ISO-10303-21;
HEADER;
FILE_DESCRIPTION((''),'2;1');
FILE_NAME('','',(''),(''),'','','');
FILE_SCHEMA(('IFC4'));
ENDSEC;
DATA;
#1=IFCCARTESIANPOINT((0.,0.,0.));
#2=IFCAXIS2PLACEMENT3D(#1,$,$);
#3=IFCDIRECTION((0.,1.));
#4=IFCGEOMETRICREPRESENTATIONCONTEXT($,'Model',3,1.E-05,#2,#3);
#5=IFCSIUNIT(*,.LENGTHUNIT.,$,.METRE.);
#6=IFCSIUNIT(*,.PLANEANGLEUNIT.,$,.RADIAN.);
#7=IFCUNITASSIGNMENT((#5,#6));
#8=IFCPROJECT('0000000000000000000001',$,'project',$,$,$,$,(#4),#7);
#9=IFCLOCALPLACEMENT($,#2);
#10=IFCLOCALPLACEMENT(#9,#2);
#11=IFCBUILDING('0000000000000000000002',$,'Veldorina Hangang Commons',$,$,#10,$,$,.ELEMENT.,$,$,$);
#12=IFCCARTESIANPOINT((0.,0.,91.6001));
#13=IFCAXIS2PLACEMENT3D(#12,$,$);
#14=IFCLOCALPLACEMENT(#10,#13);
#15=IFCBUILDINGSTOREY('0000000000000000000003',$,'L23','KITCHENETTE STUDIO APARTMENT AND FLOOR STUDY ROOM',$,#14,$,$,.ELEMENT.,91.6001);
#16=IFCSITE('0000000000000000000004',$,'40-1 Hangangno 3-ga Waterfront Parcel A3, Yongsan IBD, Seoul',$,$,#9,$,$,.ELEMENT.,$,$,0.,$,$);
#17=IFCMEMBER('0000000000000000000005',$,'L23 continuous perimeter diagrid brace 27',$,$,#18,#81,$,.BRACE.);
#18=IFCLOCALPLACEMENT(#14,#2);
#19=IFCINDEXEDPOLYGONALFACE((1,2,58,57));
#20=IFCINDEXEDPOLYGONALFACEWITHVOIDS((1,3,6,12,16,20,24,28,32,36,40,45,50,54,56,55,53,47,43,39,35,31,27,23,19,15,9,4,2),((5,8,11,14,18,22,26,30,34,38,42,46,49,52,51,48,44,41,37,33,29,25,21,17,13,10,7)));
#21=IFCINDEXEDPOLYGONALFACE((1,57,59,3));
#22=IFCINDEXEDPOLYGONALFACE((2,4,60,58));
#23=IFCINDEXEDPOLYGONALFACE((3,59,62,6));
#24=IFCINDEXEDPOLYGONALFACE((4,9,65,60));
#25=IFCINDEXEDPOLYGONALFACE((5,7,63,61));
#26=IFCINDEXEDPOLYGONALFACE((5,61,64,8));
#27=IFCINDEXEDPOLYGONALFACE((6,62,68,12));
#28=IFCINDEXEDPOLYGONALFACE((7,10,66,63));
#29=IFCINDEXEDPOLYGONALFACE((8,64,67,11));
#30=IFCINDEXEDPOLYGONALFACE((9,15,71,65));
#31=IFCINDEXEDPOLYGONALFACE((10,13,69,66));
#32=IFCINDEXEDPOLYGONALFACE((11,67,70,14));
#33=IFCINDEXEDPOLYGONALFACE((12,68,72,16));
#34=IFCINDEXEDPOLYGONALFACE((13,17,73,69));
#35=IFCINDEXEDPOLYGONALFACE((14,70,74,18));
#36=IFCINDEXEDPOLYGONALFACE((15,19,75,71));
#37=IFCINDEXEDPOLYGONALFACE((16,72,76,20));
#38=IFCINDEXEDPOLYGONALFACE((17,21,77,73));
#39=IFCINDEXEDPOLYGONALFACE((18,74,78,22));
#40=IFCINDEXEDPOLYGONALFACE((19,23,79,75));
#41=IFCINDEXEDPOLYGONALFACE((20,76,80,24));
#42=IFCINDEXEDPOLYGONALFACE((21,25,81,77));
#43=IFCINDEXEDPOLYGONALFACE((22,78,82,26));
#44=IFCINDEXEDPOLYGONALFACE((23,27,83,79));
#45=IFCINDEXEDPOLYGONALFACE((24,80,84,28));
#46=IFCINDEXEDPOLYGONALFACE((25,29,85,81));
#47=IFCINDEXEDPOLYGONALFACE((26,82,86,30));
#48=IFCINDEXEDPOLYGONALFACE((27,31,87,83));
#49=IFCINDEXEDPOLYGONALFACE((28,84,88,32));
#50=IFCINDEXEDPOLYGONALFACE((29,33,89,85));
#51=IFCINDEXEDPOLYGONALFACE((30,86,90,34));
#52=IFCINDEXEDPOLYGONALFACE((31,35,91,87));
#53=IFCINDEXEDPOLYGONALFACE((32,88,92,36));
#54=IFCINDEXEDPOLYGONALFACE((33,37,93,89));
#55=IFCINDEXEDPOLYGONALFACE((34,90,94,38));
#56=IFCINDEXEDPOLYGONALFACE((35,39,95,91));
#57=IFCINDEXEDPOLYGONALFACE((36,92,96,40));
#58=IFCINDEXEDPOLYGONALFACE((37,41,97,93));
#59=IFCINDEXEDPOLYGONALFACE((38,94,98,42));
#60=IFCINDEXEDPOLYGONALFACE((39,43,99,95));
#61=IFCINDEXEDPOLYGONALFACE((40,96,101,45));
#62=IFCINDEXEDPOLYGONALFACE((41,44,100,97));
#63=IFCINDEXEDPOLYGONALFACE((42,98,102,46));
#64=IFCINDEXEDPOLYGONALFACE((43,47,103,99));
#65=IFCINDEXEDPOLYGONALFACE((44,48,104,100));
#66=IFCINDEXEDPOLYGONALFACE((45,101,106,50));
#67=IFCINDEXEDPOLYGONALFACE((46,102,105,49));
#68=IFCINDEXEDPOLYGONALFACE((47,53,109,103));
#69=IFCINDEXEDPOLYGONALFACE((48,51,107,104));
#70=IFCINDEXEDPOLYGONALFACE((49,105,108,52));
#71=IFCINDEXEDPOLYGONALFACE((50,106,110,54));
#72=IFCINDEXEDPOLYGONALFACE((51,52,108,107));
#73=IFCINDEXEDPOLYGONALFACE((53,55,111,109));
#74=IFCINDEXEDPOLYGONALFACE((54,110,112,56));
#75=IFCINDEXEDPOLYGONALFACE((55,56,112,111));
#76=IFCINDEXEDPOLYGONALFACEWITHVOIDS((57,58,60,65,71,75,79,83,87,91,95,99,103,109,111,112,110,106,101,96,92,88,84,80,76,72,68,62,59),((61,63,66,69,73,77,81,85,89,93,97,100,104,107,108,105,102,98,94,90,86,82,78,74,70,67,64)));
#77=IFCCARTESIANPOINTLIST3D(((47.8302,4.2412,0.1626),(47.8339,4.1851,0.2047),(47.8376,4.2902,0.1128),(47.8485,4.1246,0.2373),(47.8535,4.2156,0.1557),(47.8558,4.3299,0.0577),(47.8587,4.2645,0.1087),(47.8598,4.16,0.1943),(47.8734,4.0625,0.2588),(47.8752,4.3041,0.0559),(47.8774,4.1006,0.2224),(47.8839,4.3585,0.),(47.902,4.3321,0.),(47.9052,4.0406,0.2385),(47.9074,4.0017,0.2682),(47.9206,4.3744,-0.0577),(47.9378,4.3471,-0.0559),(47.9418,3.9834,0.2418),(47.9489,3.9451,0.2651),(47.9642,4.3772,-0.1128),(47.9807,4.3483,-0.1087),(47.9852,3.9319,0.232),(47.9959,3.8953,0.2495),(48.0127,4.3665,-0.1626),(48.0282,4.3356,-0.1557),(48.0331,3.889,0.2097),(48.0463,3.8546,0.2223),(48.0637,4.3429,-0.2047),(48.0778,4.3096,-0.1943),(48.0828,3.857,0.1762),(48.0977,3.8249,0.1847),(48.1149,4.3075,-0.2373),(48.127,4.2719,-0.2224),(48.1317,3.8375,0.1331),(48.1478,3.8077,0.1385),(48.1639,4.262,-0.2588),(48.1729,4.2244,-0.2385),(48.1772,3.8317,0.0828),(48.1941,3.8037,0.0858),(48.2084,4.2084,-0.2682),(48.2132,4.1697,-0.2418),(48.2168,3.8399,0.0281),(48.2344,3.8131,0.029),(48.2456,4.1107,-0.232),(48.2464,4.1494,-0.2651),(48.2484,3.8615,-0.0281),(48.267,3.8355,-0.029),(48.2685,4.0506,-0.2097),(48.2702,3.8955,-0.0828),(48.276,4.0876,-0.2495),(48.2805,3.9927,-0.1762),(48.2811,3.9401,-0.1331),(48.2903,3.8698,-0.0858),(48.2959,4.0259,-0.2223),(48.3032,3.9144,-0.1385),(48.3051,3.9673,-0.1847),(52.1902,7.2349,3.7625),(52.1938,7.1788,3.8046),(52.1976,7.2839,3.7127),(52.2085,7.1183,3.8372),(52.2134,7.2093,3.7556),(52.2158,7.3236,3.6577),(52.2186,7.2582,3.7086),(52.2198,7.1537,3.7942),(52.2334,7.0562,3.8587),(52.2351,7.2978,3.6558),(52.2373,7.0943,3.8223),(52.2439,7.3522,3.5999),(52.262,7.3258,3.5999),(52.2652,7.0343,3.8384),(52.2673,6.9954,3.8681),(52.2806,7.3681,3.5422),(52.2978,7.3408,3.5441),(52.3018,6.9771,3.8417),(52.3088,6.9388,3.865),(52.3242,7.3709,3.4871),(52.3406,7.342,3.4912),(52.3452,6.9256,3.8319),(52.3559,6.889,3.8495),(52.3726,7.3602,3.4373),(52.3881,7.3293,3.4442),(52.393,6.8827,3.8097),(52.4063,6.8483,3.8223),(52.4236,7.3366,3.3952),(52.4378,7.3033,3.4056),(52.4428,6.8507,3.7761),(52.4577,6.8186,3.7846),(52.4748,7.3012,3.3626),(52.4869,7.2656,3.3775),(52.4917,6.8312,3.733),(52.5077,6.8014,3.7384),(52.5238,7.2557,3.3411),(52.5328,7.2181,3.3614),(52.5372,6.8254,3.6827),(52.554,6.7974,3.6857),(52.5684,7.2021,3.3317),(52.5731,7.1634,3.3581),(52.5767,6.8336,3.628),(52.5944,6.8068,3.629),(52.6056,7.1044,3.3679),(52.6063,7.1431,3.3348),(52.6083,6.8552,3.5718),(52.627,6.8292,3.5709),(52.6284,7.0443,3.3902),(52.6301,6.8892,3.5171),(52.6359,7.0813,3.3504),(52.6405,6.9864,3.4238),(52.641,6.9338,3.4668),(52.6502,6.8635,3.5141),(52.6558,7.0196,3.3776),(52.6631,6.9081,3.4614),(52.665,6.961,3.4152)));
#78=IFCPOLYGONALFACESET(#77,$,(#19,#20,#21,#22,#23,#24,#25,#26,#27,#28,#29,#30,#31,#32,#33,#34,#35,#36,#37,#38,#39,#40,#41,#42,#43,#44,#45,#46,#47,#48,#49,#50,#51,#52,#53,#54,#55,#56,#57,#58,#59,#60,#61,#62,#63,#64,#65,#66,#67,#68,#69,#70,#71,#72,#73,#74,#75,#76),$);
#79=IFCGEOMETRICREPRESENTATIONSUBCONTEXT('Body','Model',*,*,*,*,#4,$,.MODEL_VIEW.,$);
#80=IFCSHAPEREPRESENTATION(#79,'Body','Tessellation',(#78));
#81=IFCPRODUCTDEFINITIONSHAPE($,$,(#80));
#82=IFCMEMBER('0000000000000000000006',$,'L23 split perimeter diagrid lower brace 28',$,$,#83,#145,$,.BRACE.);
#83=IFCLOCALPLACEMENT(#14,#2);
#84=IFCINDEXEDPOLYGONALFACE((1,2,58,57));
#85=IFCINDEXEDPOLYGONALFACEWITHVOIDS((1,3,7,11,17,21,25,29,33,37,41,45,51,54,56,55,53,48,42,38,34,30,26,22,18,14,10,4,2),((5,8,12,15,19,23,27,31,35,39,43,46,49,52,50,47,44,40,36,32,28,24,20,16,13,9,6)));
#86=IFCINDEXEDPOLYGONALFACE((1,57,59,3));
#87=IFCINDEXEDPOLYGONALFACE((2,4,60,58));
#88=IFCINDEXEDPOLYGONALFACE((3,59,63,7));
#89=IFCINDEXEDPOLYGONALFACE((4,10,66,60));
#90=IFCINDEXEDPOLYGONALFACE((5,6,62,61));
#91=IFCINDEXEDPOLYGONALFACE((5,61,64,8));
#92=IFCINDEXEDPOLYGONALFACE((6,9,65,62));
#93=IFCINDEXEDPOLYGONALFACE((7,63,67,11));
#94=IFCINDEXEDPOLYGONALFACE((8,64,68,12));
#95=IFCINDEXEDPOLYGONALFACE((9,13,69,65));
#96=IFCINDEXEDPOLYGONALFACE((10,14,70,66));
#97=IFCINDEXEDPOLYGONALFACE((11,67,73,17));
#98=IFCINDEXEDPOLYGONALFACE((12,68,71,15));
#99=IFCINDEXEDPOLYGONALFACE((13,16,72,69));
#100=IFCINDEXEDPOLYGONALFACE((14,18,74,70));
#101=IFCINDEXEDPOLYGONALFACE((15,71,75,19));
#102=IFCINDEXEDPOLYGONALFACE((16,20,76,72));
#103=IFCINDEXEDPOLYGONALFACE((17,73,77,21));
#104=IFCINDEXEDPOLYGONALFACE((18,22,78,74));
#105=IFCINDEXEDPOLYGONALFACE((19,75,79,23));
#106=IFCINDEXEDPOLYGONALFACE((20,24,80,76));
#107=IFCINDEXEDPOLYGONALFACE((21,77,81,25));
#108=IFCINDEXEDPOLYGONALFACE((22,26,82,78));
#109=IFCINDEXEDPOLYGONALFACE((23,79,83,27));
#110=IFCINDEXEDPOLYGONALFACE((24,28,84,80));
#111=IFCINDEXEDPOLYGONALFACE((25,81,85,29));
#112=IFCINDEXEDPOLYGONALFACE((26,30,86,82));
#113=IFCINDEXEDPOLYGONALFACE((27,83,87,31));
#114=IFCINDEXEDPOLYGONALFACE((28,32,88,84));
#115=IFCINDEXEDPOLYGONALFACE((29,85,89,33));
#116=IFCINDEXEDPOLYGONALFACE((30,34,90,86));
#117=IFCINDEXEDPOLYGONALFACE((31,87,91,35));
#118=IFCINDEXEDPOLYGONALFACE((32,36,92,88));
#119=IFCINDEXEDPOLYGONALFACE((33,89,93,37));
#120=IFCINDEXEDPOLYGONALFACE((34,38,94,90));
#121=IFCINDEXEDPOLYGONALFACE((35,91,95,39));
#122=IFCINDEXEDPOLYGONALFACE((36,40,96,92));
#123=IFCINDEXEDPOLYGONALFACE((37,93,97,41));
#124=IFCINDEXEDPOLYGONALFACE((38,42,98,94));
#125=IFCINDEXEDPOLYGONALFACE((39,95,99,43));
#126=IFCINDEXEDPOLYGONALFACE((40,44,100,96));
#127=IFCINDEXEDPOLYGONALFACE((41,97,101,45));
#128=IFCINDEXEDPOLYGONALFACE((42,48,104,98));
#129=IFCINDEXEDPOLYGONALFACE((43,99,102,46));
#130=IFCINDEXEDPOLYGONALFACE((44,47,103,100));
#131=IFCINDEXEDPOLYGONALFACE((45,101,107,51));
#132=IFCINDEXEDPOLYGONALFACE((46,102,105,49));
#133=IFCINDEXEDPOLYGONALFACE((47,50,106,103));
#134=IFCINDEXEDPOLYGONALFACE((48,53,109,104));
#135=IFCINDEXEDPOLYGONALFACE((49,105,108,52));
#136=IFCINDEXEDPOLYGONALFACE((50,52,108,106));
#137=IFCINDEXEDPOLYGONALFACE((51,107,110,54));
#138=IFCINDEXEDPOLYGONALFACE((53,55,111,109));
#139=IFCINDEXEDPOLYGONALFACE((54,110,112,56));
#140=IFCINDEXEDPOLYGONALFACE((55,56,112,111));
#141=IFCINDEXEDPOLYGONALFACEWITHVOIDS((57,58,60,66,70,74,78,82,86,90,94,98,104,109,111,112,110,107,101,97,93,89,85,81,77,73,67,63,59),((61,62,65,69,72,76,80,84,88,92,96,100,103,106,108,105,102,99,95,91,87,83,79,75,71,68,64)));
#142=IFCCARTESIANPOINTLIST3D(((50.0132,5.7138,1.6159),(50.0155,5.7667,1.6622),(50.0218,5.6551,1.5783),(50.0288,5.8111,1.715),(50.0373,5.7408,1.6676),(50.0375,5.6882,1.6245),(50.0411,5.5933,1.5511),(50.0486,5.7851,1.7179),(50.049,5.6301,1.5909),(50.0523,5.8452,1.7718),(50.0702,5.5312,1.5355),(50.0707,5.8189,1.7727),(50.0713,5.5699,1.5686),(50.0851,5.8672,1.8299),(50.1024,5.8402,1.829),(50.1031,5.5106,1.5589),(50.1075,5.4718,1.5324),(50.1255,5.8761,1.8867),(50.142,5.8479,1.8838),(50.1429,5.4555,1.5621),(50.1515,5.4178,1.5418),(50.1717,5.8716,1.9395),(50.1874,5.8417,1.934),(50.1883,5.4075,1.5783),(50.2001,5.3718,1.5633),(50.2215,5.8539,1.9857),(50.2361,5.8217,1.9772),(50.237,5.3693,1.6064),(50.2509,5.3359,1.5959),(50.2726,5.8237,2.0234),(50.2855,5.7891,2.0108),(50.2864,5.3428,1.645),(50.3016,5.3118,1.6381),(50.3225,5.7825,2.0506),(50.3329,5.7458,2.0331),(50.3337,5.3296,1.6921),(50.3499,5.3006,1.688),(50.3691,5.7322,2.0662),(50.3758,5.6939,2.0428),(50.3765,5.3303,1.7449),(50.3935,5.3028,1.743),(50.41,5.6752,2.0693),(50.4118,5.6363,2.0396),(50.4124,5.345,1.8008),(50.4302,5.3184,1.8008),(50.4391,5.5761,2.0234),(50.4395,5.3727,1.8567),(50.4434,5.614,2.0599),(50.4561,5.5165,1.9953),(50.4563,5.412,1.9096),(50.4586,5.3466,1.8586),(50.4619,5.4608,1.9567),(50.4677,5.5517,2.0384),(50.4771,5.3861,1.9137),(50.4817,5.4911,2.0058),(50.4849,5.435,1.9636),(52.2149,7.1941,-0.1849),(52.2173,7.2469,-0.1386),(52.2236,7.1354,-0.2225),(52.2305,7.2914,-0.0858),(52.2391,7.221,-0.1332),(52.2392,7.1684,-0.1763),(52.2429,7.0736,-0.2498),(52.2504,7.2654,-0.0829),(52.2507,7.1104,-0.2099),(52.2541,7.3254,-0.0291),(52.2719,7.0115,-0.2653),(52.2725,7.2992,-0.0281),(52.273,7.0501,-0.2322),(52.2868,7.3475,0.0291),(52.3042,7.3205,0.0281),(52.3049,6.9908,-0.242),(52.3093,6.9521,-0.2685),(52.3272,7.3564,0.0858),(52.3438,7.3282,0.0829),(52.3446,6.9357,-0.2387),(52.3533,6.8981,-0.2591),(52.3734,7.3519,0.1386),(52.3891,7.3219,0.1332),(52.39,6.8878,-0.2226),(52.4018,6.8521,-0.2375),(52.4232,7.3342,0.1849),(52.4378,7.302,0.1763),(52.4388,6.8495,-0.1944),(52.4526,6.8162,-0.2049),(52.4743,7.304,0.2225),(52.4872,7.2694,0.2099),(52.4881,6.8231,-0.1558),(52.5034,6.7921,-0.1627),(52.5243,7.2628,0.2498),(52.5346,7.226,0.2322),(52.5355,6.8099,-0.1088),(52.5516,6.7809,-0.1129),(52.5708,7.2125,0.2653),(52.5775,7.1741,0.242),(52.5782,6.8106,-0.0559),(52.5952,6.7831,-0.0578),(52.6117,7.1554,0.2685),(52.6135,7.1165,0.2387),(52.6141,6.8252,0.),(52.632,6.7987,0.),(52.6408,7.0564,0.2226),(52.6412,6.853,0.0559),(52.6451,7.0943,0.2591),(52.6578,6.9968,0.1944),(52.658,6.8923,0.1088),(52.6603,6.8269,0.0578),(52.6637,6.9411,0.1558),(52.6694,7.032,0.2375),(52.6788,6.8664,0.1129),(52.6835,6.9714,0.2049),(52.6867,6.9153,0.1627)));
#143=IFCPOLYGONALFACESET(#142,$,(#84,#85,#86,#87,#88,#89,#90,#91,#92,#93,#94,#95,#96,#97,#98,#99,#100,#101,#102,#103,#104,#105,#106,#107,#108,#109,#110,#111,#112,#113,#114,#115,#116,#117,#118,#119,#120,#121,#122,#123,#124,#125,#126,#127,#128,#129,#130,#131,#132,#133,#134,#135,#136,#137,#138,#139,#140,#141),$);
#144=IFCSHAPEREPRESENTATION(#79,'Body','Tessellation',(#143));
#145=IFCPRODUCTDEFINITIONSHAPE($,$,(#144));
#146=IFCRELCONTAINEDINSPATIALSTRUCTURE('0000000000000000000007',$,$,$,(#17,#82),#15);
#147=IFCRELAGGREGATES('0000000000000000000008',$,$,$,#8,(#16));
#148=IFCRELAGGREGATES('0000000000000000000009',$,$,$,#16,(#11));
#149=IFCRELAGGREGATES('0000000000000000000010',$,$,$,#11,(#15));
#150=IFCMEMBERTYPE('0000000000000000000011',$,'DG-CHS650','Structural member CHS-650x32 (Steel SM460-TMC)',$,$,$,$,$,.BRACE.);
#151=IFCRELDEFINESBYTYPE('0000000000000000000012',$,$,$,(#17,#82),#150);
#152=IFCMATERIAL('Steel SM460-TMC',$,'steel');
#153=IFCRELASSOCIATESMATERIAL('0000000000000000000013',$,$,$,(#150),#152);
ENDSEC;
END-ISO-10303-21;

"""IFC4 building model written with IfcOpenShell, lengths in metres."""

from ifc_helpers import new_model, si_unit, direction, frame, origin, origin_2d, place, context, subcontext, project, spatial, hollow_circle, extrude, material, material_profile, profile_set, type_object, element, save


model = new_model("IFC4")

# Units and contexts
model_context = context("Model", 3, precision=1e-05, world=origin(), true_north=direction((0.0, 1.0)))
body_context = subcontext(model_context, "Body", "Model", "MODEL_VIEW")
ifc_project = project(units=[si_unit("LENGTHUNIT", "METRE"), si_unit("PLANEANGLEUNIT", "RADIAN")], contexts=[model_context])

# Site, building, storey
site_placement = place(None, origin())
site = spatial("IfcSite", under=ifc_project, at=site_placement, Name="40-1 Hangangno 3-ga Waterfront Parcel A3, Yongsan IBD, Seoul", CompositionType="ELEMENT", RefElevation=0.0)
building_placement = place(site_placement, origin())
building = spatial("IfcBuilding", under=site, at=building_placement, Name="Veldorina Hangang Commons", CompositionType="ELEMENT")
storey_placement = place(building_placement, frame((0.0, 0.0, 91.6001)))
storey = spatial("IfcBuildingStorey", under=building, at=storey_placement, Name="L23", Description="KITCHENETTE STUDIO APARTMENT AND FLOOR STUDY ROOM", CompositionType="ELEMENT", Elevation=91.6001)

# Members
ifc_material_1 = material(Name="Steel SM460-TMC", Category="steel")
ifc_material_profile_1 = material_profile(ifc_material_1, hollow_circle(Radius=0.325, WallThickness=0.032, at=origin_2d()), Name="CHS-650x32")
ifc_profile_set_1 = profile_set([ifc_material_profile_1], Name="Steel SM460-TMC")
member_type_1 = type_object("IfcMemberType", Name="DG-CHS650", Description="Structural member CHS-650x32 (Steel SM460-TMC)", PredefinedType="BRACE", material=ifc_profile_set_1)
member_1_placement = place(storey_placement, frame((48.0679, 4.0906, 0.0), z_axis=(0.681484, 0.467934, 0.562688), x_axis=(-0.566047, 0.824373, 0.0)))
element("IfcMember", 1, at=member_1_placement, inside=storey, type_object=member_type_1, Name="L23 continuous perimeter diagrid brace 27", PredefinedType="BRACE", context=body_context, shape_type="SweptSolid", body=[
    extrude(hollow_circle(Radius=0.325, WallThickness=0.032, at=origin_2d()), origin(), (0.0, 0.0, 1.0), 6.3977),
])
member_2_placement = place(storey_placement, frame((52.4507, 7.0684, 0.0), z_axis=(-0.686639, -0.461643, 0.561616), x_axis=(0.557945, -0.829878, 0.0)))
element("IfcMember", 2, at=member_2_placement, inside=storey, type_object=member_type_1, Name="L23 split perimeter diagrid lower brace 28", PredefinedType="BRACE", context=body_context, shape_type="SweptSolid", body=[
    extrude(hollow_circle(Radius=0.325, WallThickness=0.032, at=origin_2d()), origin(), (0.0, 0.0, 1.0), 3.2065),
])

save(model, "model.ifc")
